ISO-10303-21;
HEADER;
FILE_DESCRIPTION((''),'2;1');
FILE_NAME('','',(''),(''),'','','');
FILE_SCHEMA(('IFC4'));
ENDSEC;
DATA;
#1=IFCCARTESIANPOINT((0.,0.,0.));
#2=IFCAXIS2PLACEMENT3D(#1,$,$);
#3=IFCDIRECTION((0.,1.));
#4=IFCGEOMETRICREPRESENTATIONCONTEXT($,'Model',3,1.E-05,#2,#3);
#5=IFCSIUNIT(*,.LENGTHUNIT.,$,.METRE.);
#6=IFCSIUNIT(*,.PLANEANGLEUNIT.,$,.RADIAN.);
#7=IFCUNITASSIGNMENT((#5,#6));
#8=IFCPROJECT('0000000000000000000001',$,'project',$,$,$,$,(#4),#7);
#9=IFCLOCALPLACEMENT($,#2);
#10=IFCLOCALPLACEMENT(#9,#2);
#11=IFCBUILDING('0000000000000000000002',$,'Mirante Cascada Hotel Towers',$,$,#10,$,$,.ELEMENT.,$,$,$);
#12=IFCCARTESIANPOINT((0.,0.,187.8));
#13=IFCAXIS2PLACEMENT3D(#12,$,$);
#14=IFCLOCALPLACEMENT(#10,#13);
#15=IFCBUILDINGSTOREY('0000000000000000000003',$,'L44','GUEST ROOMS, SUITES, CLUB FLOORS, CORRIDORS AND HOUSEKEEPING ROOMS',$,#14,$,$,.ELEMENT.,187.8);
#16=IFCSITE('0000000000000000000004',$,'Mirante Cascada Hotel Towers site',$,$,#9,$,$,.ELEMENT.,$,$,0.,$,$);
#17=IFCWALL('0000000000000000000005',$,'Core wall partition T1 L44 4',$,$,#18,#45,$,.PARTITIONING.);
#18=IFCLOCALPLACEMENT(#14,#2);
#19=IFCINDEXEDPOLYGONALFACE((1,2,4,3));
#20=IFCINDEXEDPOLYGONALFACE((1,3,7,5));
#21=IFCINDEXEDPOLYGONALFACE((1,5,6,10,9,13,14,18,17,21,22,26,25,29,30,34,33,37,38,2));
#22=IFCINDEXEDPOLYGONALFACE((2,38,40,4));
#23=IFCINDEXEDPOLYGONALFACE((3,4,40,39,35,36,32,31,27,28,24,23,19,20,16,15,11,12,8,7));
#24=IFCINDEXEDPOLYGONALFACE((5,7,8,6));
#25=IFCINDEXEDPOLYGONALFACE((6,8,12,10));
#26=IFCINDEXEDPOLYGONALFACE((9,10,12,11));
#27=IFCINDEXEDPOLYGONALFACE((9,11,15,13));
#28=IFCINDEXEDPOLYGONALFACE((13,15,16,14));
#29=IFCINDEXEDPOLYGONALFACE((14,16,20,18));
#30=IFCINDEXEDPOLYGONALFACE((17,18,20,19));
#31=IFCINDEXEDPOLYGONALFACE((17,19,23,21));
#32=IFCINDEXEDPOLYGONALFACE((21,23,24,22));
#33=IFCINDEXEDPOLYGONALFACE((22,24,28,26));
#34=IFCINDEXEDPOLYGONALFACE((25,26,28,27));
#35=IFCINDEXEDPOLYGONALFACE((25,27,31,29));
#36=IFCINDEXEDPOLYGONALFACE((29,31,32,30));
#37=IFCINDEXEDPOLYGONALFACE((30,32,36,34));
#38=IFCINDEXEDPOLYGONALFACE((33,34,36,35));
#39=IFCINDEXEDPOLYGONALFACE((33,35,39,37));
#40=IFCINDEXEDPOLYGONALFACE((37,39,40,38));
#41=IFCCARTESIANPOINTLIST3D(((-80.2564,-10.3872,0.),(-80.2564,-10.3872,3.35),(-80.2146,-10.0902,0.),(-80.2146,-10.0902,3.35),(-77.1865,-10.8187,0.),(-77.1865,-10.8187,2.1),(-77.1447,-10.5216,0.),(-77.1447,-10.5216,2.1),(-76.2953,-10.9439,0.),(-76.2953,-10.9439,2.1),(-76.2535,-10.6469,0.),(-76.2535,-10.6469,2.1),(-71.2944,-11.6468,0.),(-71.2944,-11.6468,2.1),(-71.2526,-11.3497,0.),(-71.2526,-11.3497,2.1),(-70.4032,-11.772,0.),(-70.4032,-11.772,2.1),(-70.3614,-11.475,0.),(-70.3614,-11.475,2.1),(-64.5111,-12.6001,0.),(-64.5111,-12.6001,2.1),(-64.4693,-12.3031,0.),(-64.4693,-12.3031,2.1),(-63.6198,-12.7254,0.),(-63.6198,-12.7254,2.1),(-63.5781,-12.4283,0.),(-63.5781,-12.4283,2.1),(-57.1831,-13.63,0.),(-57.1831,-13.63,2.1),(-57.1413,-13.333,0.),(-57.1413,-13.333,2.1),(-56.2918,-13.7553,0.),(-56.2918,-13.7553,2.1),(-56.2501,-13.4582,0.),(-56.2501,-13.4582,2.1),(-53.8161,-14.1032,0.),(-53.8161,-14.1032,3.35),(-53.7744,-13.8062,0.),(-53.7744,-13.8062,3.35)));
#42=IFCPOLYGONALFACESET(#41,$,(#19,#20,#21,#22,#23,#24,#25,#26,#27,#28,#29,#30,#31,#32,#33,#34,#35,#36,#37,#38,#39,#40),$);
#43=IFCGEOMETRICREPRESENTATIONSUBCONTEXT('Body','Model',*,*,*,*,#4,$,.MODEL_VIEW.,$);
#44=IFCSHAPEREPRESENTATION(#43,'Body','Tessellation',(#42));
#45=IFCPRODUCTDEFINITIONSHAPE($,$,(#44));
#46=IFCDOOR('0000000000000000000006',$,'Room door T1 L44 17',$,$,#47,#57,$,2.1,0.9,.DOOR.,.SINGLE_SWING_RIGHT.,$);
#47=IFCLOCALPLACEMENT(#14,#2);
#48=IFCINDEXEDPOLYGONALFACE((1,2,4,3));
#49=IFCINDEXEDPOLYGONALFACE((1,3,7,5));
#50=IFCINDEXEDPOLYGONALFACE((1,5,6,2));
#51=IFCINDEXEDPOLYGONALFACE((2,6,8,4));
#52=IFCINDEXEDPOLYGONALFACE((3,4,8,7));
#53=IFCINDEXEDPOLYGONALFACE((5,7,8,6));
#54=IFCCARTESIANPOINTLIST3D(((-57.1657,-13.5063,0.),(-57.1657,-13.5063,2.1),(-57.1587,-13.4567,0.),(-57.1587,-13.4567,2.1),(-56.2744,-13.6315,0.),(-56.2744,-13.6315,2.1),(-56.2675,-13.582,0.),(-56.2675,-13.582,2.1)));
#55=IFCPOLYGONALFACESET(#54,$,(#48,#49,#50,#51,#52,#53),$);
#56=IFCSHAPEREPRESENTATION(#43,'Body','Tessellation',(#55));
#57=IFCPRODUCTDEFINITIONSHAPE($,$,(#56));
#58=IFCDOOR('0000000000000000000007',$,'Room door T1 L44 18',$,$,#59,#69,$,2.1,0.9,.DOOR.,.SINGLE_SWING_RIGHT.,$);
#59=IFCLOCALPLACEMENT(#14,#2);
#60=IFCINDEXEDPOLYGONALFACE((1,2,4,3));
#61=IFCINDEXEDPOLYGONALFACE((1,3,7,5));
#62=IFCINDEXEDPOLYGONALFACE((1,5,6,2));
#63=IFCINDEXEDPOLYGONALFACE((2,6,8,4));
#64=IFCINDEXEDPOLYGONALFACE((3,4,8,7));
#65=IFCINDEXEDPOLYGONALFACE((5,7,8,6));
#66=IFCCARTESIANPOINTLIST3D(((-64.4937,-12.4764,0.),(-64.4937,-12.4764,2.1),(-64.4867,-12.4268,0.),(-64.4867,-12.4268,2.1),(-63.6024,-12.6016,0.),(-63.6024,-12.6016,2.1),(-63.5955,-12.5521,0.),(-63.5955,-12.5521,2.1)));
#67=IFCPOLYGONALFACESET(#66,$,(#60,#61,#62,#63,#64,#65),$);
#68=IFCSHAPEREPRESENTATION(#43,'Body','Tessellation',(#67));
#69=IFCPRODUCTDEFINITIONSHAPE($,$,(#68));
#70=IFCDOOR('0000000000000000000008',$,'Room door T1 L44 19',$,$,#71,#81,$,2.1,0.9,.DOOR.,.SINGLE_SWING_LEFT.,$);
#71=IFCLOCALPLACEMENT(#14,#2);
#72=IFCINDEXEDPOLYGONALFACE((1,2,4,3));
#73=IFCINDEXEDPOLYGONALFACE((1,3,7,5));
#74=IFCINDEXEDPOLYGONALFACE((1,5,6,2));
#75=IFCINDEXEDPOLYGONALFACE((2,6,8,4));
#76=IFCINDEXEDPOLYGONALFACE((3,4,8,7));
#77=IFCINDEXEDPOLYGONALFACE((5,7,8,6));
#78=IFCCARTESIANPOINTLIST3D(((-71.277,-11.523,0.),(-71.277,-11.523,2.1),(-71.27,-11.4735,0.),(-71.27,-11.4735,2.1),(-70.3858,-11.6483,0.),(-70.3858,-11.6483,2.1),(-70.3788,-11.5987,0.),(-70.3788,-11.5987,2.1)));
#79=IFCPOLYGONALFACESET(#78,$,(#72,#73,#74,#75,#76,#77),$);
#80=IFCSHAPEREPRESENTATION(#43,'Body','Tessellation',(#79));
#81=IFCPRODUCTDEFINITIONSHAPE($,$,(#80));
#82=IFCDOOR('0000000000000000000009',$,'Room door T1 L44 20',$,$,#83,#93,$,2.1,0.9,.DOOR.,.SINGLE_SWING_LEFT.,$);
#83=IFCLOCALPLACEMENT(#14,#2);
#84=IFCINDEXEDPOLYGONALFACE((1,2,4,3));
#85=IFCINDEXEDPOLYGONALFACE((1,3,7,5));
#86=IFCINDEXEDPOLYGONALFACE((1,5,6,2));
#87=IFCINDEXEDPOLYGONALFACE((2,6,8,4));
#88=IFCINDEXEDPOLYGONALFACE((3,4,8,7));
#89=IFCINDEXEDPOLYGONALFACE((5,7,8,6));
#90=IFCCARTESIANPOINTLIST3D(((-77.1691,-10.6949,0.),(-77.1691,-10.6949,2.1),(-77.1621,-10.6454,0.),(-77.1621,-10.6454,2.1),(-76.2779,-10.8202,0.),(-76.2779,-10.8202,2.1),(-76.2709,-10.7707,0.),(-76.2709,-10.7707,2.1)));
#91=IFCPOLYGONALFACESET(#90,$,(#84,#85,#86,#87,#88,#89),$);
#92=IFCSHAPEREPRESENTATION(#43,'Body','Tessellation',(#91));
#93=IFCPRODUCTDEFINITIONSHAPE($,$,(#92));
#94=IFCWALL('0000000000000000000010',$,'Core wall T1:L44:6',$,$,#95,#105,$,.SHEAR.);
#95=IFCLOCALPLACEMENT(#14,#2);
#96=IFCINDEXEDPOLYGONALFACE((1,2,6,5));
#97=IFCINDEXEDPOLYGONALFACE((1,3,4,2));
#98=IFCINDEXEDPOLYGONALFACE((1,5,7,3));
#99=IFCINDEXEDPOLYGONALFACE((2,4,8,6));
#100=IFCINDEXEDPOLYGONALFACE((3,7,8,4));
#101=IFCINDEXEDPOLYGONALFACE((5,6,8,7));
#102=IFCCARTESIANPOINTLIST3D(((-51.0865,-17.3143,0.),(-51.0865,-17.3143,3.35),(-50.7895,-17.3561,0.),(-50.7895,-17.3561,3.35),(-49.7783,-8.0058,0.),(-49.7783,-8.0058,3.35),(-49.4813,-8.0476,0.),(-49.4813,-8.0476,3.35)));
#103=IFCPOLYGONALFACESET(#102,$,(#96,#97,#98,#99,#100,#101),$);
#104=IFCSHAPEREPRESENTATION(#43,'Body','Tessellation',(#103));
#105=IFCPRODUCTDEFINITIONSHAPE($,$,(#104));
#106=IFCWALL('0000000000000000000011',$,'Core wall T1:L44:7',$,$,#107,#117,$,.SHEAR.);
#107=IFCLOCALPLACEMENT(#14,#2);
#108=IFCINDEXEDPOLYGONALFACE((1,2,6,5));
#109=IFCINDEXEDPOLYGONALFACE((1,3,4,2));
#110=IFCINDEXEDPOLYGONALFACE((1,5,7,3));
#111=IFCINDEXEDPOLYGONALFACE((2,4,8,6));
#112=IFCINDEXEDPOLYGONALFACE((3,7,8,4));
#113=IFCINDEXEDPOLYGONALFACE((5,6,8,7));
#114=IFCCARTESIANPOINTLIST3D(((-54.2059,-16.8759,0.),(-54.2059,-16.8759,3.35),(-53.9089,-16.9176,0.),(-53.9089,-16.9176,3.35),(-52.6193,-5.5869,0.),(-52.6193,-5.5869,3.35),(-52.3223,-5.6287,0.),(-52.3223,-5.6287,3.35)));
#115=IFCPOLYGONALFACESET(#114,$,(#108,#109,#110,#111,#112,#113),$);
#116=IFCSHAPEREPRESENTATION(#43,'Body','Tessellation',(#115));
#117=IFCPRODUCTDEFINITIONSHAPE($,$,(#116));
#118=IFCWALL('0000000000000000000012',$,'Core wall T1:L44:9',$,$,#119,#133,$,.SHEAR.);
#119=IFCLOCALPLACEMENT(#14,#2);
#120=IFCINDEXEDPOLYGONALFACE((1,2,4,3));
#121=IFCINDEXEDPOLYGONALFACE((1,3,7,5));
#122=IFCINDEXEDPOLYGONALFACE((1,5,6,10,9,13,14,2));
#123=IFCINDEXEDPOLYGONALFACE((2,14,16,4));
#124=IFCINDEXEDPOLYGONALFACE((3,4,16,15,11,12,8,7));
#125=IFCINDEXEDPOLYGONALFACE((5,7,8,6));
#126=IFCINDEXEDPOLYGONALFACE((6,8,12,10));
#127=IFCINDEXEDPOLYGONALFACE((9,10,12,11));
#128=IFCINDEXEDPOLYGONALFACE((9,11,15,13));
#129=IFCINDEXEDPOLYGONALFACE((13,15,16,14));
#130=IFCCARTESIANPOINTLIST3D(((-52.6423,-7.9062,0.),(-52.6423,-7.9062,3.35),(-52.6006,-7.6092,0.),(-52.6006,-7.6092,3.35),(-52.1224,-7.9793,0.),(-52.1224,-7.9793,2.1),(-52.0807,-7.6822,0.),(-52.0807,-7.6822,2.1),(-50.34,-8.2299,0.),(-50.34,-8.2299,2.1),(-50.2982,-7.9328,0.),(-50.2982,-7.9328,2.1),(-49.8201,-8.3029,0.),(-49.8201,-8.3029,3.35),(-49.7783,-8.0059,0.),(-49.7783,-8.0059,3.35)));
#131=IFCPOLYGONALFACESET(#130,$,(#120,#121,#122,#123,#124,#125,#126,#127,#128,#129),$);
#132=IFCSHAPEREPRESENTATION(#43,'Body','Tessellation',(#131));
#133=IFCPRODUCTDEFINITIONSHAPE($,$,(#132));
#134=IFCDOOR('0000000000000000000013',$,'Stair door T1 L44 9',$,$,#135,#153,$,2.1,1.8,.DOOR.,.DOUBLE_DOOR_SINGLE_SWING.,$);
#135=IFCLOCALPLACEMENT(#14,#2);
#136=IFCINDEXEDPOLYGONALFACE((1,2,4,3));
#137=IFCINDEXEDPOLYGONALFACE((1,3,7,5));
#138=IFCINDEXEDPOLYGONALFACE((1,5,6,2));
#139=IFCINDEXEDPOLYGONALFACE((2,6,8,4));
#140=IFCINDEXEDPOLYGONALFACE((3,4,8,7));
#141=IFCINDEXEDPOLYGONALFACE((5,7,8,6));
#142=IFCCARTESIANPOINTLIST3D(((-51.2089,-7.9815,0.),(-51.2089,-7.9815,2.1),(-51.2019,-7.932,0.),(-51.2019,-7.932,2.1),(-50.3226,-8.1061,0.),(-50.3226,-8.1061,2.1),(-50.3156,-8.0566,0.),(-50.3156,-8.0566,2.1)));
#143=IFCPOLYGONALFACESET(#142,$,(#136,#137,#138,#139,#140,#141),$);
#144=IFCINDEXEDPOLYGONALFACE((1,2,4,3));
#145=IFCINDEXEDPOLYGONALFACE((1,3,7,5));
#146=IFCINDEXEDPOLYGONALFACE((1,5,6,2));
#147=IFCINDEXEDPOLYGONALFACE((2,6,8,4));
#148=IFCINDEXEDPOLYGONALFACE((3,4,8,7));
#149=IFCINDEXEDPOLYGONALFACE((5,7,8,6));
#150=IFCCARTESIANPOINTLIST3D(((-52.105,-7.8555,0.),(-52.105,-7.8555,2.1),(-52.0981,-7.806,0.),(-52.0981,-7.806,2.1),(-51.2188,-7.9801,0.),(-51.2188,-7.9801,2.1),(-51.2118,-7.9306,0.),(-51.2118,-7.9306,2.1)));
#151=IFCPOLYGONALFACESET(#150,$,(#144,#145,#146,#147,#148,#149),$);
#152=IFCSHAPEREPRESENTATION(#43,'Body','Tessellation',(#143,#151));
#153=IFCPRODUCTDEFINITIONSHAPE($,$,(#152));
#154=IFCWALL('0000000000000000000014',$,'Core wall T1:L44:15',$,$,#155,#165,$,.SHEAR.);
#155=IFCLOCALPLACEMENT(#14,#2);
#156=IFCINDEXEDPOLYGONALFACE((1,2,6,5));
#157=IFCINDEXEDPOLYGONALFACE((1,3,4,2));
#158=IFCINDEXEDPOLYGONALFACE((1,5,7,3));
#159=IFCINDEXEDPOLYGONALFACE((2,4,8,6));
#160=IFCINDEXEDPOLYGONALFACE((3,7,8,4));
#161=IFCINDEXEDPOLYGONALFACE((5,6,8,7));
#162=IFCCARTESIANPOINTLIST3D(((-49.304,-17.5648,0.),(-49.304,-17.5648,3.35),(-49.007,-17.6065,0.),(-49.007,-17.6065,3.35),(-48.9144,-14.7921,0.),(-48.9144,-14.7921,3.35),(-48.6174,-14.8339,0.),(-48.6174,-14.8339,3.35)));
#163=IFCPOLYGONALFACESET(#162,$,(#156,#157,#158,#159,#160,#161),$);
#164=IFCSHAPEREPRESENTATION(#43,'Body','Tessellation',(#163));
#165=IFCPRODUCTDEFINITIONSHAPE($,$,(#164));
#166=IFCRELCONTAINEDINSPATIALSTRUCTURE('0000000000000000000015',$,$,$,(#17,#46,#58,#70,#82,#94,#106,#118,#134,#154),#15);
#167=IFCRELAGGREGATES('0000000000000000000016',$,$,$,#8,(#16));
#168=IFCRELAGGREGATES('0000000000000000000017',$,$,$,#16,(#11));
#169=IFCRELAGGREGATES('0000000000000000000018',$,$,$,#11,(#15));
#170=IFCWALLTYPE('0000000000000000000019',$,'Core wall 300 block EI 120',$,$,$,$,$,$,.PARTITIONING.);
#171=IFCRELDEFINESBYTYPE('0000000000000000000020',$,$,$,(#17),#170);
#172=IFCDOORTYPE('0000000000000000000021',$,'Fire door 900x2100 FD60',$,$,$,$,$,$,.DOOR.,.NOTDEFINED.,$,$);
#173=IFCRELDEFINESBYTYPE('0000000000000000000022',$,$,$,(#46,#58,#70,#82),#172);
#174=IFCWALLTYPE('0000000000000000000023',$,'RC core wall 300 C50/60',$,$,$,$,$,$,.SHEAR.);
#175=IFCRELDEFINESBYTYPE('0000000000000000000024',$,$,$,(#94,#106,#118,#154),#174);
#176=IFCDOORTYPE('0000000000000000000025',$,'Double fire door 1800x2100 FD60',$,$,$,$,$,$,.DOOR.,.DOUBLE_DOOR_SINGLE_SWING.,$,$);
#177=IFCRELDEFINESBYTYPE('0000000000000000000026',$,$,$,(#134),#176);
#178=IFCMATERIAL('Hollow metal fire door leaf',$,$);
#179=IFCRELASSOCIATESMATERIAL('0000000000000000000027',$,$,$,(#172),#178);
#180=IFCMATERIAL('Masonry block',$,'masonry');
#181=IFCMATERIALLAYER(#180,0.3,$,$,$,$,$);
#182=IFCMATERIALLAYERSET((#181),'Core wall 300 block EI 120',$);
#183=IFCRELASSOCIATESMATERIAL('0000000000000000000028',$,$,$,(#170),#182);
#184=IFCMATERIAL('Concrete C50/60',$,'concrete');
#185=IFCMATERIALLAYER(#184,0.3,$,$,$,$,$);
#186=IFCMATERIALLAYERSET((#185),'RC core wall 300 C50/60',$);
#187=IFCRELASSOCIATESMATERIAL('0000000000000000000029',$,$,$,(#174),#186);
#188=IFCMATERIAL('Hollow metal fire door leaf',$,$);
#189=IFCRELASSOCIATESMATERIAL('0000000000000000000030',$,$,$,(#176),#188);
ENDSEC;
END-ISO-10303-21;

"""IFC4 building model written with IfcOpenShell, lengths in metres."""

from ifc_helpers import new_model, si_unit, direction, frame, frame_2d, origin, place, context, subcontext, project, spatial, rectangle, extrude, material, layer, layer_set, type_object, element, fill, save


model = new_model("IFC4")

# Units and contexts
model_context = context("Model", 3, precision=1e-05, world=origin(), true_north=direction((0.0, 1.0)))
body_context = subcontext(model_context, "Body", "Model", "MODEL_VIEW")
ifc_project = project(units=[si_unit("LENGTHUNIT", "METRE"), si_unit("PLANEANGLEUNIT", "RADIAN")], contexts=[model_context])

# Site, building, storey
site_placement = place(None, origin())
site = spatial("IfcSite", under=ifc_project, at=site_placement, Name="Mirante Cascada Hotel Towers site", CompositionType="ELEMENT", RefElevation=0.0)
building_placement = place(site_placement, origin())
building = spatial("IfcBuilding", under=site, at=building_placement, Name="Mirante Cascada Hotel Towers", CompositionType="ELEMENT")
storey_placement = place(building_placement, frame((0.0, 0.0, 187.8)))
storey = spatial("IfcBuildingStorey", under=building, at=storey_placement, Name="L44", Description="GUEST ROOMS, SUITES, CLUB FLOORS, CORRIDORS AND HOUSEKEEPING ROOMS", CompositionType="ELEMENT", Elevation=187.8)

# Shared definitions
ifc_material_1 = material(Name="Hollow metal fire door leaf")
door_type_1 = type_object("IfcDoorType", Name="Fire door 900x2100 FD60", OperationType="NOTDEFINED", PredefinedType="DOOR", material=ifc_material_1)

# Wall, openings, doors
ifc_material_2 = material(Name="Masonry block", Category="masonry")
ifc_layer_1 = layer(ifc_material_2, 0.3)
ifc_layer_set_1 = layer_set([ifc_layer_1], Name="Core wall 300 block EI 120")
wall_type_1 = type_object("IfcWallType", Name="Core wall 300 block EI 120", PredefinedType="PARTITIONING", material=ifc_layer_set_1)
wall_1_placement = place(storey_placement, frame((-53.7953, -13.9547, 0.0), z_axis=(0.0, 0.0, 1.0), x_axis=(-0.990268, 0.139176, 0.0)))
wall_1 = element("IfcWall", 1, at=wall_1_placement, inside=storey, type_object=wall_type_1, Name="Core wall partition T1 L44 4", PredefinedType="PARTITIONING", context=body_context, shape_type="SweptSolid", body=[
    extrude(rectangle(XDim=26.7001, YDim=0.3, at=frame_2d((13.35, 0.0))), origin(), (0.0, 0.0, 1.0), 3.35),
])
opening_1_placement = place(wall_1_placement, frame((2.5, 0.0, 0.0)))
opening_1 = element("IfcOpeningElement", 2, at=opening_1_placement, cuts=wall_1, PredefinedType="OPENING", context=body_context, shape_type="SweptSolid", body=[
    extrude(rectangle(XDim=0.9, YDim=2.1, at=frame_2d((0.45, 1.05))), frame((0.0, 0.15, 0.0), z_axis=(0.0, -1.0, 0.0), x_axis=(1.0, 0.0, 0.0)), (0.0, 0.0, 1.0), 0.3),
])
opening_2_placement = place(wall_1_placement, frame((9.9, 0.0, 0.0)))
opening_2 = element("IfcOpeningElement", 3, at=opening_2_placement, cuts=wall_1, PredefinedType="OPENING", context=body_context, shape_type="SweptSolid", body=[
    extrude(rectangle(XDim=0.9, YDim=2.1, at=frame_2d((0.45, 1.05))), frame((0.0, 0.15, 0.0), z_axis=(0.0, -1.0, 0.0), x_axis=(1.0, 0.0, 0.0)), (0.0, 0.0, 1.0), 0.3),
])
opening_3_placement = place(wall_1_placement, frame((16.75, 0.0, 0.0)))
opening_3 = element("IfcOpeningElement", 4, at=opening_3_placement, cuts=wall_1, PredefinedType="OPENING", context=body_context, shape_type="SweptSolid", body=[
    extrude(rectangle(XDim=0.9, YDim=2.1, at=frame_2d((0.45, 1.05))), frame((0.0, 0.15, 0.0), z_axis=(0.0, -1.0, 0.0), x_axis=(1.0, 0.0, 0.0)), (0.0, 0.0, 1.0), 0.3),
])
opening_4_placement = place(wall_1_placement, frame((22.7, 0.0, 0.0)))
opening_4 = element("IfcOpeningElement", 5, at=opening_4_placement, cuts=wall_1, PredefinedType="OPENING", context=body_context, shape_type="SweptSolid", body=[
    extrude(rectangle(XDim=0.9, YDim=2.1, at=frame_2d((0.45, 1.05))), frame((0.0, 0.15, 0.0), z_axis=(0.0, -1.0, 0.0), x_axis=(1.0, 0.0, 0.0)), (0.0, 0.0, 1.0), 0.3),
])
door_1_placement = place(opening_1_placement, origin())
door_1 = element("IfcDoor", 6, at=door_1_placement, inside=storey, type_object=door_type_1, Name="Room door T1 L44 17", OperationType="SINGLE_SWING_RIGHT", OverallHeight=2.1, OverallWidth=0.9, PredefinedType="DOOR", context=body_context, shape_type="SweptSolid", body=[
    extrude(rectangle(XDim=0.9, YDim=2.1, at=frame_2d((0.45, 1.05))), frame((0.0, 0.025, 0.0), z_axis=(0.0, -1.0, 0.0), x_axis=(1.0, 0.0, 0.0)), (0.0, 0.0, 1.0), 0.05),
])
fill(opening_1, door_1)
door_2_placement = place(opening_2_placement, origin())
door_2 = element("IfcDoor", 7, at=door_2_placement, inside=storey, type_object=door_type_1, Name="Room door T1 L44 18", OperationType="SINGLE_SWING_RIGHT", OverallHeight=2.1, OverallWidth=0.9, PredefinedType="DOOR", context=body_context, shape_type="SweptSolid", body=[
    extrude(rectangle(XDim=0.9, YDim=2.1, at=frame_2d((0.45, 1.05))), frame((0.0, 0.025, 0.0), z_axis=(0.0, -1.0, 0.0), x_axis=(1.0, 0.0, 0.0)), (0.0, 0.0, 1.0), 0.05),
])
fill(opening_2, door_2)
door_3_placement = place(opening_3_placement, origin())
door_3 = element("IfcDoor", 8, at=door_3_placement, inside=storey, type_object=door_type_1, Name="Room door T1 L44 19", OperationType="SINGLE_SWING_LEFT", OverallHeight=2.1, OverallWidth=0.9, PredefinedType="DOOR", context=body_context, shape_type="SweptSolid", body=[
    extrude(rectangle(XDim=0.9, YDim=2.1, at=frame_2d((0.45, 1.05))), frame((0.0, 0.025, 0.0), z_axis=(0.0, -1.0, 0.0), x_axis=(1.0, 0.0, 0.0)), (0.0, 0.0, 1.0), 0.05),
])
fill(opening_3, door_3)
door_4_placement = place(opening_4_placement, origin())
door_4 = element("IfcDoor", 9, at=door_4_placement, inside=storey, type_object=door_type_1, Name="Room door T1 L44 20", OperationType="SINGLE_SWING_LEFT", OverallHeight=2.1, OverallWidth=0.9, PredefinedType="DOOR", context=body_context, shape_type="SweptSolid", body=[
    extrude(rectangle(XDim=0.9, YDim=2.1, at=frame_2d((0.45, 1.05))), frame((0.0, 0.025, 0.0), z_axis=(0.0, -1.0, 0.0), x_axis=(1.0, 0.0, 0.0)), (0.0, 0.0, 1.0), 0.05),
])
fill(opening_4, door_4)

# Walls
ifc_material_3 = material(Name="Concrete C50/60", Category="concrete")
ifc_layer_2 = layer(ifc_material_3, 0.3)
ifc_layer_set_2 = layer_set([ifc_layer_2], Name="RC core wall 300 C50/60")
wall_type_2 = type_object("IfcWallType", Name="RC core wall 300 C50/60", PredefinedType="SHEAR", material=ifc_layer_set_2)
wall_2_placement = place(storey_placement, frame((-50.938, -17.3352, 0.0), z_axis=(0.0, 0.0, 1.0), x_axis=(0.139171, 0.990268, 0.0)))
element("IfcWall", 10, at=wall_2_placement, inside=storey, type_object=wall_type_2, Name="Core wall T1:L44:6", PredefinedType="SHEAR", context=body_context, shape_type="SweptSolid", body=[
    extrude(rectangle(XDim=9.4, YDim=0.3, at=frame_2d((4.7, 0.0))), origin(), (0.0, 0.0, 1.0), 3.35),
])
wall_3_placement = place(storey_placement, frame((-54.0574, -16.8968, 0.0), z_axis=(0.0, 0.0, 1.0), x_axis=(0.139176, 0.990268, 0.0)))
element("IfcWall", 11, at=wall_3_placement, inside=storey, type_object=wall_type_2, Name="Core wall T1:L44:7", PredefinedType="SHEAR", context=body_context, shape_type="SweptSolid", body=[
    extrude(rectangle(XDim=11.3999, YDim=0.3, at=frame_2d((5.7, 0.0))), origin(), (0.0, 0.0, 1.0), 3.35),
])

# Wall, opening, door
wall_4_placement = place(storey_placement, frame((-49.7992, -8.1544, 0.0), z_axis=(0.0, 0.0, 1.0), x_axis=(-0.990266, 0.139191, 0.0)))
wall_4 = element("IfcWall", 12, at=wall_4_placement, inside=storey, type_object=wall_type_2, Name="Core wall T1:L44:9", PredefinedType="SHEAR", context=body_context, shape_type="SweptSolid", body=[
    extrude(rectangle(XDim=2.85, YDim=0.3, at=frame_2d((1.425, 0.0))), origin(), (0.0, 0.0, 1.0), 3.35),
])
opening_5_placement = place(wall_4_placement, frame((0.525, 0.0, 0.0)))
opening_5 = element("IfcOpeningElement", 13, at=opening_5_placement, cuts=wall_4, PredefinedType="OPENING", context=body_context, shape_type="SweptSolid", body=[
    extrude(rectangle(XDim=1.8, YDim=2.1, at=frame_2d((0.9, 1.05))), frame((0.0, 0.15, 0.0), z_axis=(0.0, -1.0, 0.0), x_axis=(1.0, 0.0, 0.0)), (0.0, 0.0, 1.0), 0.3),
])
ifc_material_4 = material(Name="Hollow metal fire door leaf")
door_type_2 = type_object("IfcDoorType", Name="Double fire door 1800x2100 FD60", OperationType="DOUBLE_DOOR_SINGLE_SWING", PredefinedType="DOOR", material=ifc_material_4)
door_5_placement = place(opening_5_placement, origin())
door_5 = element("IfcDoor", 14, at=door_5_placement, inside=storey, type_object=door_type_2, Name="Stair door T1 L44 9", OperationType="DOUBLE_DOOR_SINGLE_SWING", OverallHeight=2.1, OverallWidth=1.8, PredefinedType="DOOR", context=body_context, shape_type="SweptSolid", body=[
    extrude(rectangle(XDim=0.895, YDim=2.1, at=frame_2d((0.4475, 1.05))), frame((0.0, 0.025, 0.0), z_axis=(0.0, -1.0, 0.0), x_axis=(1.0, 0.0, 0.0)), (0.0, 0.0, 1.0), 0.05),
    extrude(rectangle(XDim=0.895, YDim=2.1, at=frame_2d((1.3525, 1.05))), frame((0.0, 0.025, 0.0), z_axis=(0.0, -1.0, 0.0), x_axis=(1.0, 0.0, 0.0)), (0.0, 0.0, 1.0), 0.05),
])
fill(opening_5, door_5)

# Wall
wall_5_placement = place(storey_placement, frame((-49.1555, -17.5857, 0.0), z_axis=(0.0, 0.0, 1.0), x_axis=(0.139146, 0.990272, 0.0)))
element("IfcWall", 15, at=wall_5_placement, inside=storey, type_object=wall_type_2, Name="Core wall T1:L44:15", PredefinedType="SHEAR", context=body_context, shape_type="SweptSolid", body=[
    extrude(rectangle(XDim=2.7999, YDim=0.3, at=frame_2d((1.4, 0.0))), origin(), (0.0, 0.0, 1.0), 3.35),
])

save(model, "model.ifc")
